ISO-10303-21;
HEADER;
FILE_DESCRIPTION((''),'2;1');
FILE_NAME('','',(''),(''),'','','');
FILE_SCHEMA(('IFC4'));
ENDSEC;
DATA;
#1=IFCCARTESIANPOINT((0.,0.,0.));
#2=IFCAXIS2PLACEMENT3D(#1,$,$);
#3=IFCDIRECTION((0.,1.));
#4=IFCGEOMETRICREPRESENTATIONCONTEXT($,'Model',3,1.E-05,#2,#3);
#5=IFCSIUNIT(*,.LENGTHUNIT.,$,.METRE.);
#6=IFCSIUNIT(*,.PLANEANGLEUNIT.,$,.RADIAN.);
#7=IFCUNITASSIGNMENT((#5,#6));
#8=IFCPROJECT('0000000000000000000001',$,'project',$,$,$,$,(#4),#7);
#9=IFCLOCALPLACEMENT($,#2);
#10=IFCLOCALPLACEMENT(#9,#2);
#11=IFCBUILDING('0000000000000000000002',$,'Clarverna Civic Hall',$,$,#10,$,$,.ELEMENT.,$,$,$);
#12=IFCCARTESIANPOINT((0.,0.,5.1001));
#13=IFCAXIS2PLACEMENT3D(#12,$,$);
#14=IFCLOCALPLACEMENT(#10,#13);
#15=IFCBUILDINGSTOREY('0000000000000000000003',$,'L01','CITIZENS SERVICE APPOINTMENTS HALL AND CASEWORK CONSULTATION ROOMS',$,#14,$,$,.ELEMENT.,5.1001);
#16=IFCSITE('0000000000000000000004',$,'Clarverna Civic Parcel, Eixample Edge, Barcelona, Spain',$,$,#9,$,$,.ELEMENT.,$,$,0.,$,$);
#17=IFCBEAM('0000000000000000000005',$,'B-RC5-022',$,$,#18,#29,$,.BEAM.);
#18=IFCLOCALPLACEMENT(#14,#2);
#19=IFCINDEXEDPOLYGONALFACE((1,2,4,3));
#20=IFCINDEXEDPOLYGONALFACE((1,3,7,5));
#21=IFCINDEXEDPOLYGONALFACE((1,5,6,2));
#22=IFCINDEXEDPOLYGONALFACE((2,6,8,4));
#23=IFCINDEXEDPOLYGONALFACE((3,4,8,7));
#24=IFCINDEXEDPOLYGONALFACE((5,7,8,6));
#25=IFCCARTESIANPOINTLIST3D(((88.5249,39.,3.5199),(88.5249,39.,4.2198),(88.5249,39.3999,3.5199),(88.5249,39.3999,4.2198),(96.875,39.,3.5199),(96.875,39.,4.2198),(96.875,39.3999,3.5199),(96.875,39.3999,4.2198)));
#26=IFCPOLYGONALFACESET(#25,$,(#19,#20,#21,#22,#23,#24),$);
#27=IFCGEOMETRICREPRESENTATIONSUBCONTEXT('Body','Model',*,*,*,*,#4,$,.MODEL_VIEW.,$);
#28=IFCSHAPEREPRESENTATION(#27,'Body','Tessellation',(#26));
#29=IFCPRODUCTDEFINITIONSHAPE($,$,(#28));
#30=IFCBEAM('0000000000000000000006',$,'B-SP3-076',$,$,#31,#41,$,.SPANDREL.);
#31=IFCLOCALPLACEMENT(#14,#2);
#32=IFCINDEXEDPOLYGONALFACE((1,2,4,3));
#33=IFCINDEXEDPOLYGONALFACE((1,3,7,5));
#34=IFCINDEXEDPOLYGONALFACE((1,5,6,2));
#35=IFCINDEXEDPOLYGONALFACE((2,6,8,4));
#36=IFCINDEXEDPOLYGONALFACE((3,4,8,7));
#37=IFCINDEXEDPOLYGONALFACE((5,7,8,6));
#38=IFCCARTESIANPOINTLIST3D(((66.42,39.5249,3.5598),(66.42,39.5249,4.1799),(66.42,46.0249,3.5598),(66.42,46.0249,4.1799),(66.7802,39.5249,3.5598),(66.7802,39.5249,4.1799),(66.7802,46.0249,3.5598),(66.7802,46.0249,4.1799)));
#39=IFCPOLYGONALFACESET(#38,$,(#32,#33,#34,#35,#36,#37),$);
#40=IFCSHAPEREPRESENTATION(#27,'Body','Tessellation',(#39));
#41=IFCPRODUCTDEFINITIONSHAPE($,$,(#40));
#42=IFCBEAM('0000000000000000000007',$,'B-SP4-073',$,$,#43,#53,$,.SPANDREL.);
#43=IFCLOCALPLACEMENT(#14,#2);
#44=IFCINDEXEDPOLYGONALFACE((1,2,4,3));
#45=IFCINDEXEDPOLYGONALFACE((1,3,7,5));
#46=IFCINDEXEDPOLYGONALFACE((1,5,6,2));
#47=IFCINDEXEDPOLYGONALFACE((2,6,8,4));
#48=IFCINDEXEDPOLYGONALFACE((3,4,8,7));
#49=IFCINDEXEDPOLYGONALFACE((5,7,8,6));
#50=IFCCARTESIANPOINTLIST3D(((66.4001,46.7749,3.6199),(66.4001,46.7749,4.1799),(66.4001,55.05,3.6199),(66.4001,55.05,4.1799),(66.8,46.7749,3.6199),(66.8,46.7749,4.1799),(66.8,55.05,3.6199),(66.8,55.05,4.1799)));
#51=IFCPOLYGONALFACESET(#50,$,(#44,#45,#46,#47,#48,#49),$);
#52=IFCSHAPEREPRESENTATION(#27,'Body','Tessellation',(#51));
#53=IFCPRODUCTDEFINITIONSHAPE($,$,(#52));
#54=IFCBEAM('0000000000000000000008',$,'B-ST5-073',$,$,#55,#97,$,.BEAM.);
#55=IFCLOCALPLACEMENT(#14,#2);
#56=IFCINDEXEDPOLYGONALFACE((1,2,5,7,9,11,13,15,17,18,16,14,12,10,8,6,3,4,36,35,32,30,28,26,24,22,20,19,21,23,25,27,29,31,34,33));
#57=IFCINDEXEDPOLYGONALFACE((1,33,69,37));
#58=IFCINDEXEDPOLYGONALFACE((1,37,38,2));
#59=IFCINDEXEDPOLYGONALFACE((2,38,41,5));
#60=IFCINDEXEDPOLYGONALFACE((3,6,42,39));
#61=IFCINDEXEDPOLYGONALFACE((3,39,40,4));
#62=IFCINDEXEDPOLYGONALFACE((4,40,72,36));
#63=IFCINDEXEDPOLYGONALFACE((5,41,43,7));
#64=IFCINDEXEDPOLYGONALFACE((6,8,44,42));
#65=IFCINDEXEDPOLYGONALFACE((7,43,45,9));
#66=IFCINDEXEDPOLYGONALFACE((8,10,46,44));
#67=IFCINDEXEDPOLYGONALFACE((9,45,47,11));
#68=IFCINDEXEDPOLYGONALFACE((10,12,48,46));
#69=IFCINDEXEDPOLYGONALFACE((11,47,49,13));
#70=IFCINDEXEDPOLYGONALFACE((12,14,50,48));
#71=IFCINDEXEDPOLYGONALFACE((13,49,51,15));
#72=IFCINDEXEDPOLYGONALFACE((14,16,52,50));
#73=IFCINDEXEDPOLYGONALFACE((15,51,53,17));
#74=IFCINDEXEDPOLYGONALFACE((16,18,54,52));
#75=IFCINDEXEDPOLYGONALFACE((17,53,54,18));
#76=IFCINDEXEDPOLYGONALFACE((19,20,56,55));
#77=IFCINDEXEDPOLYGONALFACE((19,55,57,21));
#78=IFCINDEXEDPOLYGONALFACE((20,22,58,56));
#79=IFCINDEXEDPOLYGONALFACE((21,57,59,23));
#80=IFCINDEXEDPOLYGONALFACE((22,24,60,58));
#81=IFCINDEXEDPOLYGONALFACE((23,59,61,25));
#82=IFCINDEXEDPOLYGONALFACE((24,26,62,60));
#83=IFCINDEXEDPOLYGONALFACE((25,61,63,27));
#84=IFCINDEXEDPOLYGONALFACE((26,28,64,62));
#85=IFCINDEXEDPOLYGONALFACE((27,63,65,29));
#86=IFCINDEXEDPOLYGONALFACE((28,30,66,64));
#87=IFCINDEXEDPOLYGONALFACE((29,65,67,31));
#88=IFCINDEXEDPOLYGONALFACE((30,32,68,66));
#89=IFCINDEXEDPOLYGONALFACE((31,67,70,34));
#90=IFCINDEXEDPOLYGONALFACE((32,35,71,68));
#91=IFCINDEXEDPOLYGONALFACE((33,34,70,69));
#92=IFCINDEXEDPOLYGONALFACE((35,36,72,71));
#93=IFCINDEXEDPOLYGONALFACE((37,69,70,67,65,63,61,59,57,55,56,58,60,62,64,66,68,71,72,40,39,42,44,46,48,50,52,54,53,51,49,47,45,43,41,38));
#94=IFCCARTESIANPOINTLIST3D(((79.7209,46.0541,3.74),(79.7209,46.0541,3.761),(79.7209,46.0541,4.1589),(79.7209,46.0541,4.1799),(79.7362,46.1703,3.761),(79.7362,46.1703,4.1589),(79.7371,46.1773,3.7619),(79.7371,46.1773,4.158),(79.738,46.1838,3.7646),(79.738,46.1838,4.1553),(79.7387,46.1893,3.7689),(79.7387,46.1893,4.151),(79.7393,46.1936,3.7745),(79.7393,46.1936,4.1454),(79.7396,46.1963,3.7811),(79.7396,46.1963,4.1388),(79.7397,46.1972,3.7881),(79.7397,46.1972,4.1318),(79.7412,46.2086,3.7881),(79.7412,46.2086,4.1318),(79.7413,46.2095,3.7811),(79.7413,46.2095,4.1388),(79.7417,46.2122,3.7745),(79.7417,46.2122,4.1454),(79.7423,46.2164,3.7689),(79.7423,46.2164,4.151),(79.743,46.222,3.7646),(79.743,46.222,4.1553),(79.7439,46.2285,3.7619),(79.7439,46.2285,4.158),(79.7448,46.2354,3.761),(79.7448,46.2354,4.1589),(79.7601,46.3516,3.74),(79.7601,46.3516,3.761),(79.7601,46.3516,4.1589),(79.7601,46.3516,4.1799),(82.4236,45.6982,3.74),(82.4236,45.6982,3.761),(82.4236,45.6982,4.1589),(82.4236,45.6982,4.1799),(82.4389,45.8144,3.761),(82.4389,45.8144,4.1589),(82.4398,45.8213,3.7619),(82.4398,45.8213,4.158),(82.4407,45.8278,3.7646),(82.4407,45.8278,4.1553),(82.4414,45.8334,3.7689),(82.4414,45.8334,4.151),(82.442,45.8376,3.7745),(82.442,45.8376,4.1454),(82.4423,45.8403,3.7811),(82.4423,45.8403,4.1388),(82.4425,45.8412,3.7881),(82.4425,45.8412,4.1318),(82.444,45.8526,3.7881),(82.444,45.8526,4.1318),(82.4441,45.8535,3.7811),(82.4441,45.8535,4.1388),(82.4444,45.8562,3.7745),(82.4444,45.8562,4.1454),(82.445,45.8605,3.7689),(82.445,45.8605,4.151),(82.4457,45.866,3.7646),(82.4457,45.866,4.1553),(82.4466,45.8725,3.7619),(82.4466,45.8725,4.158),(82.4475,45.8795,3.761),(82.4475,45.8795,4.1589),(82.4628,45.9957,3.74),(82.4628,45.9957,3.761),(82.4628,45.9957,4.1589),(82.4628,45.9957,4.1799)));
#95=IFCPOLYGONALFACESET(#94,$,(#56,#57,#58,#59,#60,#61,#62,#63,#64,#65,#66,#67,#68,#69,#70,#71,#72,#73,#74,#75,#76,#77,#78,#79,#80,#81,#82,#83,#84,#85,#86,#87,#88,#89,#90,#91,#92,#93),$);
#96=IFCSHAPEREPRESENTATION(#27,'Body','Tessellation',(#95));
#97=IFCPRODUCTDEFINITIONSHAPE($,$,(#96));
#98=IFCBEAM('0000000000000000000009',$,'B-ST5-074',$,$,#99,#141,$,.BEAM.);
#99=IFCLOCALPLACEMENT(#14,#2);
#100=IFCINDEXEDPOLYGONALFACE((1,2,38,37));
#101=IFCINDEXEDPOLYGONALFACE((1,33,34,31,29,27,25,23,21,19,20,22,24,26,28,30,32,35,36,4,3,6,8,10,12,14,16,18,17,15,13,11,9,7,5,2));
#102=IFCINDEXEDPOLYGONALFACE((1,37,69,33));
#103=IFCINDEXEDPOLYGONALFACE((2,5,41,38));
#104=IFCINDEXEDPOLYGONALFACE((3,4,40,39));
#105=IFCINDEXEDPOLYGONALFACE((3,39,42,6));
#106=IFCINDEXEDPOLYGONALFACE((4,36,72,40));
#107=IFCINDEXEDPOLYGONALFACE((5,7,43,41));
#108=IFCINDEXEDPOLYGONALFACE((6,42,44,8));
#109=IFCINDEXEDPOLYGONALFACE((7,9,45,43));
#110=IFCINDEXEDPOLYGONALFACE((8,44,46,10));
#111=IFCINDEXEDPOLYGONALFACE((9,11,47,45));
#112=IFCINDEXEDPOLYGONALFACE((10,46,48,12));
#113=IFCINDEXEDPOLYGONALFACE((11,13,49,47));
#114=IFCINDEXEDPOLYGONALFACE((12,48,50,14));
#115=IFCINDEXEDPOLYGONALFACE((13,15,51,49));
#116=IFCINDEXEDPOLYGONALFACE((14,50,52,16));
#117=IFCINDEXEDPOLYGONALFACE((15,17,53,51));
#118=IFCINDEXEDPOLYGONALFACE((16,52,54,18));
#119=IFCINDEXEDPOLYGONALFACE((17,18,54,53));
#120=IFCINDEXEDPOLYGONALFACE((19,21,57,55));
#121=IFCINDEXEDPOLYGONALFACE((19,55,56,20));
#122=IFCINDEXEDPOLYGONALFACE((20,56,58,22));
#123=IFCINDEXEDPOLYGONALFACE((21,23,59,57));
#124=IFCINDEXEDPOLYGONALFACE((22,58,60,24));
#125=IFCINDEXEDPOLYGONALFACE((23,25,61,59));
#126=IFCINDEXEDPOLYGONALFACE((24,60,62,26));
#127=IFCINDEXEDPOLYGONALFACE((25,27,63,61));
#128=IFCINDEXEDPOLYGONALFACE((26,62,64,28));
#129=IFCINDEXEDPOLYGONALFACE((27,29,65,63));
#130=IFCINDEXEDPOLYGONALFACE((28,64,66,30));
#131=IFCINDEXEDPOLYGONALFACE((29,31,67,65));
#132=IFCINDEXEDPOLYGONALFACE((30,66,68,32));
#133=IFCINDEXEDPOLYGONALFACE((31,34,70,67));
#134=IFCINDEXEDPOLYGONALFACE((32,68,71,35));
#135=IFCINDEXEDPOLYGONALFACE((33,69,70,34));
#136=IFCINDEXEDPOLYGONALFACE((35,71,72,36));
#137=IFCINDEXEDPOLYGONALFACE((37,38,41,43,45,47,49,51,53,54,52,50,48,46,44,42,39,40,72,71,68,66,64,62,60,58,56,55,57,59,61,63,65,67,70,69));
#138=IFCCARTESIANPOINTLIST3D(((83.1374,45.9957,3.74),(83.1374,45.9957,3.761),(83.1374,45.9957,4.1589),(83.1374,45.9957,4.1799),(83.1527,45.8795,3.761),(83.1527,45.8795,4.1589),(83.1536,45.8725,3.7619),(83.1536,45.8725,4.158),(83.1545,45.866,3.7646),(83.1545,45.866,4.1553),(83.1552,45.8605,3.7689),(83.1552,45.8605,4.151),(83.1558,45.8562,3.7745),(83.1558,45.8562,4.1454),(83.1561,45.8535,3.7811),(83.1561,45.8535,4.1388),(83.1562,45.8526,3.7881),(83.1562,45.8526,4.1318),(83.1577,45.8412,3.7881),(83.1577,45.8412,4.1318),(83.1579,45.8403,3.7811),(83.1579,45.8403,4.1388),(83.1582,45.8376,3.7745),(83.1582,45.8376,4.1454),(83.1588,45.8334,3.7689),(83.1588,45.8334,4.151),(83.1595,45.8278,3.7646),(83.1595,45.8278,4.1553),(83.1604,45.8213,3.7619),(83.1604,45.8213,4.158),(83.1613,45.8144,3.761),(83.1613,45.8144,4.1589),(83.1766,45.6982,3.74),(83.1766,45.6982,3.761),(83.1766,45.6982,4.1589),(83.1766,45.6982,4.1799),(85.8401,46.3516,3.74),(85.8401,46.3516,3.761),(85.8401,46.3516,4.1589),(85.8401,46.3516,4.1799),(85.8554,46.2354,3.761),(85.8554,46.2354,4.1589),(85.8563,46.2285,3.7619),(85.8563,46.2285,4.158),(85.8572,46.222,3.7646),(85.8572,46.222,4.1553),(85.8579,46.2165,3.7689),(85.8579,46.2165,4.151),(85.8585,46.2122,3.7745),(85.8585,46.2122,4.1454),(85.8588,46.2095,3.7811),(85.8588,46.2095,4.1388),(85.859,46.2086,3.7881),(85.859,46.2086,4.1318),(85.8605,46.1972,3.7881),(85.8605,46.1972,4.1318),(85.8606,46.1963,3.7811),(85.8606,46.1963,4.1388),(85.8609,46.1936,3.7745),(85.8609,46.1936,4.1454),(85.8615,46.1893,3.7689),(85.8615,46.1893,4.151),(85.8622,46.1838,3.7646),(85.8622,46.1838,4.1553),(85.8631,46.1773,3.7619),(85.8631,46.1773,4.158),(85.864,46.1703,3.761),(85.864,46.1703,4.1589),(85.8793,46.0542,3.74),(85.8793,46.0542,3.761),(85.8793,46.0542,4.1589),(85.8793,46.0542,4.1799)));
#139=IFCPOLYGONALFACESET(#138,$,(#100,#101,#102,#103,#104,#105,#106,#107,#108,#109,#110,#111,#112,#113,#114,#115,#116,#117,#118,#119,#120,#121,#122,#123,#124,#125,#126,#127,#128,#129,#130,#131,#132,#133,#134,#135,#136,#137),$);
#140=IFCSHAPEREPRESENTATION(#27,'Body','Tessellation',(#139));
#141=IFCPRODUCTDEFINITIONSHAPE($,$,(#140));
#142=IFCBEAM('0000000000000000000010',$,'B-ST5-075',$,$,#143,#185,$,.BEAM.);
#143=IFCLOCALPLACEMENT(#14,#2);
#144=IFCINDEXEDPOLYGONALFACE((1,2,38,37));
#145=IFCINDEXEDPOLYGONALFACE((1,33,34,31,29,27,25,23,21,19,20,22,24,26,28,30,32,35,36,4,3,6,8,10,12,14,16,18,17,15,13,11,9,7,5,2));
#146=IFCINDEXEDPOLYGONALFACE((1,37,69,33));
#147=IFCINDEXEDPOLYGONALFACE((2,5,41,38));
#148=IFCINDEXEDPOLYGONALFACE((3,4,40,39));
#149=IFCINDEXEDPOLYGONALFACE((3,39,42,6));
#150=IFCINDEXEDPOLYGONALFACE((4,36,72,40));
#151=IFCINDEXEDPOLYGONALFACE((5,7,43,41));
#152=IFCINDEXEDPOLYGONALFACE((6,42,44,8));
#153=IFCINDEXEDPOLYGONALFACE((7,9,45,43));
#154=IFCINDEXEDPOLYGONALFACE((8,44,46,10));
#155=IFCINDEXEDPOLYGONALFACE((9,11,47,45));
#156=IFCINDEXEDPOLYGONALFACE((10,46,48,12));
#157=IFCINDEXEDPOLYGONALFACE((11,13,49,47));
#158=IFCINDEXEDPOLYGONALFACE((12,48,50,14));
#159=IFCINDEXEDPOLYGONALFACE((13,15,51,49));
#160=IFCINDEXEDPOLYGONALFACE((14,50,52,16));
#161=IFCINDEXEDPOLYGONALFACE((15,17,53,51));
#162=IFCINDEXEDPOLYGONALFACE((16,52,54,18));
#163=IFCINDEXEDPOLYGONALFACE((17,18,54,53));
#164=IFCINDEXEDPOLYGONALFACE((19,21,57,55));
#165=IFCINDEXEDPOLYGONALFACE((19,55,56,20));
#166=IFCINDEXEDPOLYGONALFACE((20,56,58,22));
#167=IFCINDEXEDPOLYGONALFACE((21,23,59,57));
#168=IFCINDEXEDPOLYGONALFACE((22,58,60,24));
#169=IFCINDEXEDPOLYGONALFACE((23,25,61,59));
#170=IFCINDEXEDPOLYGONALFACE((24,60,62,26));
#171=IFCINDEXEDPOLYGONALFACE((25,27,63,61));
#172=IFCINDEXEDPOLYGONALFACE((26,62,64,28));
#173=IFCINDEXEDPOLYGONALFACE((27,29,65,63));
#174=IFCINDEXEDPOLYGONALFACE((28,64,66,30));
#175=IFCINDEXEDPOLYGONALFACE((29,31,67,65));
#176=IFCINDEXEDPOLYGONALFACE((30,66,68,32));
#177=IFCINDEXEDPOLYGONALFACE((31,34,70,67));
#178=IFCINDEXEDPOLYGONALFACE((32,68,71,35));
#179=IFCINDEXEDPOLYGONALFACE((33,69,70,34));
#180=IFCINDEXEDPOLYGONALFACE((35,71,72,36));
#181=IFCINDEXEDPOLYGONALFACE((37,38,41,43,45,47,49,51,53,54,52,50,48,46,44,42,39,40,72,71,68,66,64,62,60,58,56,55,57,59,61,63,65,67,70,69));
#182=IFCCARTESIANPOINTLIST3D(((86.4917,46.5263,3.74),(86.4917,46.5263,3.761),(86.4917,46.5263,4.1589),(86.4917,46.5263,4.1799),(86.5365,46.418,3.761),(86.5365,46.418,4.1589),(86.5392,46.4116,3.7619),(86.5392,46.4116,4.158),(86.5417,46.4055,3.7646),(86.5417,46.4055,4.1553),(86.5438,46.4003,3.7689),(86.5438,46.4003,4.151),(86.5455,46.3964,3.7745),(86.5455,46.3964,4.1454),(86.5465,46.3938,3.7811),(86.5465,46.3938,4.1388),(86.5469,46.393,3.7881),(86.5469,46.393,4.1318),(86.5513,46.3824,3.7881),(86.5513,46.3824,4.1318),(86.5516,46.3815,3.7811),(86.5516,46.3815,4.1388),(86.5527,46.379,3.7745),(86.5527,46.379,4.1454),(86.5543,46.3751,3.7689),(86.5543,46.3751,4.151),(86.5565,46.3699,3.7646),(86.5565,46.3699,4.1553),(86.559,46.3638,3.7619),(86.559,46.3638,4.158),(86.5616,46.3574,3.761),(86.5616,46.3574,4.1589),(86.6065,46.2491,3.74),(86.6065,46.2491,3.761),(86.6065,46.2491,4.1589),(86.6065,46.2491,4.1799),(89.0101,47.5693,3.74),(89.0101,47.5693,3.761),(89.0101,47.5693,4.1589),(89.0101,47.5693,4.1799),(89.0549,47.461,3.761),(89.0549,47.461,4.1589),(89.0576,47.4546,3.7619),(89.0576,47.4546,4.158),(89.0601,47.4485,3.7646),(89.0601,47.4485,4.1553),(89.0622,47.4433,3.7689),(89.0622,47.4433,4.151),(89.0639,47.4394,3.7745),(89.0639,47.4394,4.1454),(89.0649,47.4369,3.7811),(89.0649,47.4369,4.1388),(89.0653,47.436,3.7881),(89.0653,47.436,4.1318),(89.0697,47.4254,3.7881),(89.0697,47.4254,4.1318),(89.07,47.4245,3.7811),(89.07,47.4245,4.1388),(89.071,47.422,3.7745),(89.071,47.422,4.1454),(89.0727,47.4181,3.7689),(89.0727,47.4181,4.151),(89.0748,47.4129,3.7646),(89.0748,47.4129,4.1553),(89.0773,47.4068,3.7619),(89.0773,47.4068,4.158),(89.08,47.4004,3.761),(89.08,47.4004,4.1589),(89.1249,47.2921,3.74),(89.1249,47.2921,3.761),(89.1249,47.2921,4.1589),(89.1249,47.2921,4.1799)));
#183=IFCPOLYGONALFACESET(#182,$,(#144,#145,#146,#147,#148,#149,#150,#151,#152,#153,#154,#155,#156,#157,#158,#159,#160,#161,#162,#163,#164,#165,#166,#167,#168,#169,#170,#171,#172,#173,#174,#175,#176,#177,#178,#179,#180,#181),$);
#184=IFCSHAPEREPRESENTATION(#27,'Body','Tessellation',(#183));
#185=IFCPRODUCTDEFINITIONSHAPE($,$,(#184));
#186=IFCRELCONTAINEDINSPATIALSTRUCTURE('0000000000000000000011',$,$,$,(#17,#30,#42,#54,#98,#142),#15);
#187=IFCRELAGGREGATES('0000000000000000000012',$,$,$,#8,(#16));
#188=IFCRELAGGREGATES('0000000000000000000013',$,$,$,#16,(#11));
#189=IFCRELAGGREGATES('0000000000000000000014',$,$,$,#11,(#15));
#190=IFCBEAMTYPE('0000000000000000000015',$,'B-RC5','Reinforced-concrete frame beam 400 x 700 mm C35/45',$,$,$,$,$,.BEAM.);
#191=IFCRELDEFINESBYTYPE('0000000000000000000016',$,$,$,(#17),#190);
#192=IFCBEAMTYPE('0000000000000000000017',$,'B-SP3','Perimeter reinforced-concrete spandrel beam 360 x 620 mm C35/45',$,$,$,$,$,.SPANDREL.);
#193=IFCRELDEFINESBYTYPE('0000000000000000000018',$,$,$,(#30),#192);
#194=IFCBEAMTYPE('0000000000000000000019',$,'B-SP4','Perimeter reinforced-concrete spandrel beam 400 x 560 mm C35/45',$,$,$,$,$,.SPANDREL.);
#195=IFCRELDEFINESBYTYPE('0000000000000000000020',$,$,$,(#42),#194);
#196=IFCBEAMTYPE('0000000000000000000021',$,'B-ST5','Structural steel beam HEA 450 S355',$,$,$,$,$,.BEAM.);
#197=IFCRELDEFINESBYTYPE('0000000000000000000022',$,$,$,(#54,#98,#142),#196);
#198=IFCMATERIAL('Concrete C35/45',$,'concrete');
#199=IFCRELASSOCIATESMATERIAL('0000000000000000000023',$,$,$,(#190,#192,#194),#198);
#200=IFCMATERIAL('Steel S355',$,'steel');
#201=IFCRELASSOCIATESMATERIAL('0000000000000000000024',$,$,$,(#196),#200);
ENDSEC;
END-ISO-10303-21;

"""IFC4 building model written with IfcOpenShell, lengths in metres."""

from ifc_helpers import new_model, si_unit, direction, frame, origin, origin_2d, place, context, subcontext, project, spatial, rectangle, i_section, extrude, material, material_profile, profile_set, type_object, element, save


model = new_model("IFC4")

# Units and contexts
model_context = context("Model", 3, precision=1e-05, world=origin(), true_north=direction((0.0, 1.0)))
body_context = subcontext(model_context, "Body", "Model", "MODEL_VIEW")
ifc_project = project(units=[si_unit("LENGTHUNIT", "METRE"), si_unit("PLANEANGLEUNIT", "RADIAN")], contexts=[model_context])

# Site, building, storey
site_placement = place(None, origin())
site = spatial("IfcSite", under=ifc_project, at=site_placement, Name="Clarverna Civic Parcel, Eixample Edge, Barcelona, Spain", CompositionType="ELEMENT", RefElevation=0.0)
building_placement = place(site_placement, origin())
building = spatial("IfcBuilding", under=site, at=building_placement, Name="Clarverna Civic Hall", CompositionType="ELEMENT")
storey_placement = place(building_placement, frame((0.0, 0.0, 5.1001)))
storey = spatial("IfcBuildingStorey", under=building, at=storey_placement, Name="L01", Description="CITIZENS SERVICE APPOINTMENTS HALL AND CASEWORK CONSULTATION ROOMS", CompositionType="ELEMENT", Elevation=5.1001)

# Shared definitions
ifc_material_1 = material(Name="Concrete C35/45", Category="concrete")

# Beams
ifc_material_profile_1 = material_profile(ifc_material_1, rectangle(XDim=0.3999, YDim=0.7, at=origin_2d()), Name="RC 400x700")
ifc_profile_set_1 = profile_set([ifc_material_profile_1], Name="Concrete C35/45")
beam_type_1 = type_object("IfcBeamType", Name="B-RC5", Description="Reinforced-concrete frame beam 400 x 700 mm C35/45", PredefinedType="BEAM", material=ifc_profile_set_1)
beam_1_placement = place(storey_placement, frame((88.5249, 39.2, 3.8699), z_axis=(1.0, 0.0, 0.0), x_axis=(0.0, 1.0, 0.0)))
element("IfcBeam", 1, at=beam_1_placement, inside=storey, type_object=beam_type_1, Name="B-RC5-022", PredefinedType="BEAM", context=body_context, shape_type="SweptSolid", body=[
    extrude(rectangle(XDim=0.3999, YDim=0.7, at=origin_2d()), origin(), (0.0, 0.0, 1.0), 8.3501),
])
ifc_material_profile_2 = material_profile(ifc_material_1, rectangle(XDim=0.3601, YDim=0.6201, at=origin_2d()), Name="RC 360x620")
ifc_profile_set_2 = profile_set([ifc_material_profile_2], Name="Concrete C35/45")
beam_type_2 = type_object("IfcBeamType", Name="B-SP3", Description="Perimeter reinforced-concrete spandrel beam 360 x 620 mm C35/45", PredefinedType="SPANDREL", material=ifc_profile_set_2)
beam_2_placement = place(storey_placement, frame((66.6001, 39.5249, 3.8699), z_axis=(0.0, 1.0, 0.0), x_axis=(-1.0, 0.0, 0.0)))
element("IfcBeam", 2, at=beam_2_placement, inside=storey, type_object=beam_type_2, Name="B-SP3-076", PredefinedType="SPANDREL", context=body_context, shape_type="SweptSolid", body=[
    extrude(rectangle(XDim=0.3601, YDim=0.6201, at=origin_2d()), origin(), (0.0, 0.0, 1.0), 6.5),
])
ifc_material_profile_3 = material_profile(ifc_material_1, rectangle(XDim=0.3999, YDim=0.5601, at=origin_2d()), Name="RC 400x560")
ifc_profile_set_3 = profile_set([ifc_material_profile_3], Name="Concrete C35/45")
beam_type_3 = type_object("IfcBeamType", Name="B-SP4", Description="Perimeter reinforced-concrete spandrel beam 400 x 560 mm C35/45", PredefinedType="SPANDREL", material=ifc_profile_set_3)
beam_3_placement = place(storey_placement, frame((66.6001, 46.7749, 3.8999), z_axis=(0.0, 1.0, 0.0), x_axis=(-1.0, 0.0, 0.0)))
element("IfcBeam", 3, at=beam_3_placement, inside=storey, type_object=beam_type_3, Name="B-SP4-073", PredefinedType="SPANDREL", context=body_context, shape_type="SweptSolid", body=[
    extrude(rectangle(XDim=0.3999, YDim=0.5601, at=origin_2d()), origin(), (0.0, 0.0, 1.0), 8.2751),
])
ifc_material_2 = material(Name="Steel S355", Category="steel")
ifc_material_profile_4 = material_profile(ifc_material_2, i_section(OverallWidth=0.3, OverallDepth=0.4399, WebThickness=0.0115, FlangeThickness=0.021, FilletRadius=0.0271, at=origin_2d()), Name="HEA 450")
ifc_profile_set_4 = profile_set([ifc_material_profile_4], Name="Steel S355")
beam_type_4 = type_object("IfcBeamType", Name="B-ST5", Description="Structural steel beam HEA 450 S355", PredefinedType="BEAM", material=ifc_profile_set_4)
for number, where, z_axis, x_axis, name in (
    (4, (79.7405, 46.2029, 3.96), (0.991438, -0.13058, 0.0), (0.13058, 0.991438, 0.0), "B-ST5-073"),
    (5, (83.157, 45.8469, 3.96), (0.991438, 0.13058, 0.0), (-0.13058, 0.991438, 0.0), "B-ST5-074"),
):
    element("IfcBeam", number, at=place(storey_placement, frame(where, z_axis=z_axis, x_axis=x_axis)), inside=storey, type_object=beam_type_4, Name=name, PredefinedType="BEAM", context=body_context, shape_type="SweptSolid", body=[
        extrude(i_section(OverallWidth=0.3, OverallDepth=0.4399, WebThickness=0.0115, FlangeThickness=0.021, FilletRadius=0.0271, at=origin_2d()), origin(), (0.0, 0.0, 1.0), 2.7261),
    ])
beam_4_placement = place(storey_placement, frame((86.5491, 46.3877, 3.96), z_axis=(0.923899, 0.382637, 0.0), x_axis=(-0.382637, 0.923899, 0.0)))
element("IfcBeam", 6, at=beam_4_placement, inside=storey, type_object=beam_type_4, Name="B-ST5-075", PredefinedType="BEAM", context=body_context, shape_type="SweptSolid", body=[
    extrude(i_section(OverallWidth=0.3, OverallDepth=0.4399, WebThickness=0.0115, FlangeThickness=0.021, FilletRadius=0.0271, at=origin_2d()), origin(), (0.0, 0.0, 1.0), 2.7258),
])

save(model, "model.ifc")
